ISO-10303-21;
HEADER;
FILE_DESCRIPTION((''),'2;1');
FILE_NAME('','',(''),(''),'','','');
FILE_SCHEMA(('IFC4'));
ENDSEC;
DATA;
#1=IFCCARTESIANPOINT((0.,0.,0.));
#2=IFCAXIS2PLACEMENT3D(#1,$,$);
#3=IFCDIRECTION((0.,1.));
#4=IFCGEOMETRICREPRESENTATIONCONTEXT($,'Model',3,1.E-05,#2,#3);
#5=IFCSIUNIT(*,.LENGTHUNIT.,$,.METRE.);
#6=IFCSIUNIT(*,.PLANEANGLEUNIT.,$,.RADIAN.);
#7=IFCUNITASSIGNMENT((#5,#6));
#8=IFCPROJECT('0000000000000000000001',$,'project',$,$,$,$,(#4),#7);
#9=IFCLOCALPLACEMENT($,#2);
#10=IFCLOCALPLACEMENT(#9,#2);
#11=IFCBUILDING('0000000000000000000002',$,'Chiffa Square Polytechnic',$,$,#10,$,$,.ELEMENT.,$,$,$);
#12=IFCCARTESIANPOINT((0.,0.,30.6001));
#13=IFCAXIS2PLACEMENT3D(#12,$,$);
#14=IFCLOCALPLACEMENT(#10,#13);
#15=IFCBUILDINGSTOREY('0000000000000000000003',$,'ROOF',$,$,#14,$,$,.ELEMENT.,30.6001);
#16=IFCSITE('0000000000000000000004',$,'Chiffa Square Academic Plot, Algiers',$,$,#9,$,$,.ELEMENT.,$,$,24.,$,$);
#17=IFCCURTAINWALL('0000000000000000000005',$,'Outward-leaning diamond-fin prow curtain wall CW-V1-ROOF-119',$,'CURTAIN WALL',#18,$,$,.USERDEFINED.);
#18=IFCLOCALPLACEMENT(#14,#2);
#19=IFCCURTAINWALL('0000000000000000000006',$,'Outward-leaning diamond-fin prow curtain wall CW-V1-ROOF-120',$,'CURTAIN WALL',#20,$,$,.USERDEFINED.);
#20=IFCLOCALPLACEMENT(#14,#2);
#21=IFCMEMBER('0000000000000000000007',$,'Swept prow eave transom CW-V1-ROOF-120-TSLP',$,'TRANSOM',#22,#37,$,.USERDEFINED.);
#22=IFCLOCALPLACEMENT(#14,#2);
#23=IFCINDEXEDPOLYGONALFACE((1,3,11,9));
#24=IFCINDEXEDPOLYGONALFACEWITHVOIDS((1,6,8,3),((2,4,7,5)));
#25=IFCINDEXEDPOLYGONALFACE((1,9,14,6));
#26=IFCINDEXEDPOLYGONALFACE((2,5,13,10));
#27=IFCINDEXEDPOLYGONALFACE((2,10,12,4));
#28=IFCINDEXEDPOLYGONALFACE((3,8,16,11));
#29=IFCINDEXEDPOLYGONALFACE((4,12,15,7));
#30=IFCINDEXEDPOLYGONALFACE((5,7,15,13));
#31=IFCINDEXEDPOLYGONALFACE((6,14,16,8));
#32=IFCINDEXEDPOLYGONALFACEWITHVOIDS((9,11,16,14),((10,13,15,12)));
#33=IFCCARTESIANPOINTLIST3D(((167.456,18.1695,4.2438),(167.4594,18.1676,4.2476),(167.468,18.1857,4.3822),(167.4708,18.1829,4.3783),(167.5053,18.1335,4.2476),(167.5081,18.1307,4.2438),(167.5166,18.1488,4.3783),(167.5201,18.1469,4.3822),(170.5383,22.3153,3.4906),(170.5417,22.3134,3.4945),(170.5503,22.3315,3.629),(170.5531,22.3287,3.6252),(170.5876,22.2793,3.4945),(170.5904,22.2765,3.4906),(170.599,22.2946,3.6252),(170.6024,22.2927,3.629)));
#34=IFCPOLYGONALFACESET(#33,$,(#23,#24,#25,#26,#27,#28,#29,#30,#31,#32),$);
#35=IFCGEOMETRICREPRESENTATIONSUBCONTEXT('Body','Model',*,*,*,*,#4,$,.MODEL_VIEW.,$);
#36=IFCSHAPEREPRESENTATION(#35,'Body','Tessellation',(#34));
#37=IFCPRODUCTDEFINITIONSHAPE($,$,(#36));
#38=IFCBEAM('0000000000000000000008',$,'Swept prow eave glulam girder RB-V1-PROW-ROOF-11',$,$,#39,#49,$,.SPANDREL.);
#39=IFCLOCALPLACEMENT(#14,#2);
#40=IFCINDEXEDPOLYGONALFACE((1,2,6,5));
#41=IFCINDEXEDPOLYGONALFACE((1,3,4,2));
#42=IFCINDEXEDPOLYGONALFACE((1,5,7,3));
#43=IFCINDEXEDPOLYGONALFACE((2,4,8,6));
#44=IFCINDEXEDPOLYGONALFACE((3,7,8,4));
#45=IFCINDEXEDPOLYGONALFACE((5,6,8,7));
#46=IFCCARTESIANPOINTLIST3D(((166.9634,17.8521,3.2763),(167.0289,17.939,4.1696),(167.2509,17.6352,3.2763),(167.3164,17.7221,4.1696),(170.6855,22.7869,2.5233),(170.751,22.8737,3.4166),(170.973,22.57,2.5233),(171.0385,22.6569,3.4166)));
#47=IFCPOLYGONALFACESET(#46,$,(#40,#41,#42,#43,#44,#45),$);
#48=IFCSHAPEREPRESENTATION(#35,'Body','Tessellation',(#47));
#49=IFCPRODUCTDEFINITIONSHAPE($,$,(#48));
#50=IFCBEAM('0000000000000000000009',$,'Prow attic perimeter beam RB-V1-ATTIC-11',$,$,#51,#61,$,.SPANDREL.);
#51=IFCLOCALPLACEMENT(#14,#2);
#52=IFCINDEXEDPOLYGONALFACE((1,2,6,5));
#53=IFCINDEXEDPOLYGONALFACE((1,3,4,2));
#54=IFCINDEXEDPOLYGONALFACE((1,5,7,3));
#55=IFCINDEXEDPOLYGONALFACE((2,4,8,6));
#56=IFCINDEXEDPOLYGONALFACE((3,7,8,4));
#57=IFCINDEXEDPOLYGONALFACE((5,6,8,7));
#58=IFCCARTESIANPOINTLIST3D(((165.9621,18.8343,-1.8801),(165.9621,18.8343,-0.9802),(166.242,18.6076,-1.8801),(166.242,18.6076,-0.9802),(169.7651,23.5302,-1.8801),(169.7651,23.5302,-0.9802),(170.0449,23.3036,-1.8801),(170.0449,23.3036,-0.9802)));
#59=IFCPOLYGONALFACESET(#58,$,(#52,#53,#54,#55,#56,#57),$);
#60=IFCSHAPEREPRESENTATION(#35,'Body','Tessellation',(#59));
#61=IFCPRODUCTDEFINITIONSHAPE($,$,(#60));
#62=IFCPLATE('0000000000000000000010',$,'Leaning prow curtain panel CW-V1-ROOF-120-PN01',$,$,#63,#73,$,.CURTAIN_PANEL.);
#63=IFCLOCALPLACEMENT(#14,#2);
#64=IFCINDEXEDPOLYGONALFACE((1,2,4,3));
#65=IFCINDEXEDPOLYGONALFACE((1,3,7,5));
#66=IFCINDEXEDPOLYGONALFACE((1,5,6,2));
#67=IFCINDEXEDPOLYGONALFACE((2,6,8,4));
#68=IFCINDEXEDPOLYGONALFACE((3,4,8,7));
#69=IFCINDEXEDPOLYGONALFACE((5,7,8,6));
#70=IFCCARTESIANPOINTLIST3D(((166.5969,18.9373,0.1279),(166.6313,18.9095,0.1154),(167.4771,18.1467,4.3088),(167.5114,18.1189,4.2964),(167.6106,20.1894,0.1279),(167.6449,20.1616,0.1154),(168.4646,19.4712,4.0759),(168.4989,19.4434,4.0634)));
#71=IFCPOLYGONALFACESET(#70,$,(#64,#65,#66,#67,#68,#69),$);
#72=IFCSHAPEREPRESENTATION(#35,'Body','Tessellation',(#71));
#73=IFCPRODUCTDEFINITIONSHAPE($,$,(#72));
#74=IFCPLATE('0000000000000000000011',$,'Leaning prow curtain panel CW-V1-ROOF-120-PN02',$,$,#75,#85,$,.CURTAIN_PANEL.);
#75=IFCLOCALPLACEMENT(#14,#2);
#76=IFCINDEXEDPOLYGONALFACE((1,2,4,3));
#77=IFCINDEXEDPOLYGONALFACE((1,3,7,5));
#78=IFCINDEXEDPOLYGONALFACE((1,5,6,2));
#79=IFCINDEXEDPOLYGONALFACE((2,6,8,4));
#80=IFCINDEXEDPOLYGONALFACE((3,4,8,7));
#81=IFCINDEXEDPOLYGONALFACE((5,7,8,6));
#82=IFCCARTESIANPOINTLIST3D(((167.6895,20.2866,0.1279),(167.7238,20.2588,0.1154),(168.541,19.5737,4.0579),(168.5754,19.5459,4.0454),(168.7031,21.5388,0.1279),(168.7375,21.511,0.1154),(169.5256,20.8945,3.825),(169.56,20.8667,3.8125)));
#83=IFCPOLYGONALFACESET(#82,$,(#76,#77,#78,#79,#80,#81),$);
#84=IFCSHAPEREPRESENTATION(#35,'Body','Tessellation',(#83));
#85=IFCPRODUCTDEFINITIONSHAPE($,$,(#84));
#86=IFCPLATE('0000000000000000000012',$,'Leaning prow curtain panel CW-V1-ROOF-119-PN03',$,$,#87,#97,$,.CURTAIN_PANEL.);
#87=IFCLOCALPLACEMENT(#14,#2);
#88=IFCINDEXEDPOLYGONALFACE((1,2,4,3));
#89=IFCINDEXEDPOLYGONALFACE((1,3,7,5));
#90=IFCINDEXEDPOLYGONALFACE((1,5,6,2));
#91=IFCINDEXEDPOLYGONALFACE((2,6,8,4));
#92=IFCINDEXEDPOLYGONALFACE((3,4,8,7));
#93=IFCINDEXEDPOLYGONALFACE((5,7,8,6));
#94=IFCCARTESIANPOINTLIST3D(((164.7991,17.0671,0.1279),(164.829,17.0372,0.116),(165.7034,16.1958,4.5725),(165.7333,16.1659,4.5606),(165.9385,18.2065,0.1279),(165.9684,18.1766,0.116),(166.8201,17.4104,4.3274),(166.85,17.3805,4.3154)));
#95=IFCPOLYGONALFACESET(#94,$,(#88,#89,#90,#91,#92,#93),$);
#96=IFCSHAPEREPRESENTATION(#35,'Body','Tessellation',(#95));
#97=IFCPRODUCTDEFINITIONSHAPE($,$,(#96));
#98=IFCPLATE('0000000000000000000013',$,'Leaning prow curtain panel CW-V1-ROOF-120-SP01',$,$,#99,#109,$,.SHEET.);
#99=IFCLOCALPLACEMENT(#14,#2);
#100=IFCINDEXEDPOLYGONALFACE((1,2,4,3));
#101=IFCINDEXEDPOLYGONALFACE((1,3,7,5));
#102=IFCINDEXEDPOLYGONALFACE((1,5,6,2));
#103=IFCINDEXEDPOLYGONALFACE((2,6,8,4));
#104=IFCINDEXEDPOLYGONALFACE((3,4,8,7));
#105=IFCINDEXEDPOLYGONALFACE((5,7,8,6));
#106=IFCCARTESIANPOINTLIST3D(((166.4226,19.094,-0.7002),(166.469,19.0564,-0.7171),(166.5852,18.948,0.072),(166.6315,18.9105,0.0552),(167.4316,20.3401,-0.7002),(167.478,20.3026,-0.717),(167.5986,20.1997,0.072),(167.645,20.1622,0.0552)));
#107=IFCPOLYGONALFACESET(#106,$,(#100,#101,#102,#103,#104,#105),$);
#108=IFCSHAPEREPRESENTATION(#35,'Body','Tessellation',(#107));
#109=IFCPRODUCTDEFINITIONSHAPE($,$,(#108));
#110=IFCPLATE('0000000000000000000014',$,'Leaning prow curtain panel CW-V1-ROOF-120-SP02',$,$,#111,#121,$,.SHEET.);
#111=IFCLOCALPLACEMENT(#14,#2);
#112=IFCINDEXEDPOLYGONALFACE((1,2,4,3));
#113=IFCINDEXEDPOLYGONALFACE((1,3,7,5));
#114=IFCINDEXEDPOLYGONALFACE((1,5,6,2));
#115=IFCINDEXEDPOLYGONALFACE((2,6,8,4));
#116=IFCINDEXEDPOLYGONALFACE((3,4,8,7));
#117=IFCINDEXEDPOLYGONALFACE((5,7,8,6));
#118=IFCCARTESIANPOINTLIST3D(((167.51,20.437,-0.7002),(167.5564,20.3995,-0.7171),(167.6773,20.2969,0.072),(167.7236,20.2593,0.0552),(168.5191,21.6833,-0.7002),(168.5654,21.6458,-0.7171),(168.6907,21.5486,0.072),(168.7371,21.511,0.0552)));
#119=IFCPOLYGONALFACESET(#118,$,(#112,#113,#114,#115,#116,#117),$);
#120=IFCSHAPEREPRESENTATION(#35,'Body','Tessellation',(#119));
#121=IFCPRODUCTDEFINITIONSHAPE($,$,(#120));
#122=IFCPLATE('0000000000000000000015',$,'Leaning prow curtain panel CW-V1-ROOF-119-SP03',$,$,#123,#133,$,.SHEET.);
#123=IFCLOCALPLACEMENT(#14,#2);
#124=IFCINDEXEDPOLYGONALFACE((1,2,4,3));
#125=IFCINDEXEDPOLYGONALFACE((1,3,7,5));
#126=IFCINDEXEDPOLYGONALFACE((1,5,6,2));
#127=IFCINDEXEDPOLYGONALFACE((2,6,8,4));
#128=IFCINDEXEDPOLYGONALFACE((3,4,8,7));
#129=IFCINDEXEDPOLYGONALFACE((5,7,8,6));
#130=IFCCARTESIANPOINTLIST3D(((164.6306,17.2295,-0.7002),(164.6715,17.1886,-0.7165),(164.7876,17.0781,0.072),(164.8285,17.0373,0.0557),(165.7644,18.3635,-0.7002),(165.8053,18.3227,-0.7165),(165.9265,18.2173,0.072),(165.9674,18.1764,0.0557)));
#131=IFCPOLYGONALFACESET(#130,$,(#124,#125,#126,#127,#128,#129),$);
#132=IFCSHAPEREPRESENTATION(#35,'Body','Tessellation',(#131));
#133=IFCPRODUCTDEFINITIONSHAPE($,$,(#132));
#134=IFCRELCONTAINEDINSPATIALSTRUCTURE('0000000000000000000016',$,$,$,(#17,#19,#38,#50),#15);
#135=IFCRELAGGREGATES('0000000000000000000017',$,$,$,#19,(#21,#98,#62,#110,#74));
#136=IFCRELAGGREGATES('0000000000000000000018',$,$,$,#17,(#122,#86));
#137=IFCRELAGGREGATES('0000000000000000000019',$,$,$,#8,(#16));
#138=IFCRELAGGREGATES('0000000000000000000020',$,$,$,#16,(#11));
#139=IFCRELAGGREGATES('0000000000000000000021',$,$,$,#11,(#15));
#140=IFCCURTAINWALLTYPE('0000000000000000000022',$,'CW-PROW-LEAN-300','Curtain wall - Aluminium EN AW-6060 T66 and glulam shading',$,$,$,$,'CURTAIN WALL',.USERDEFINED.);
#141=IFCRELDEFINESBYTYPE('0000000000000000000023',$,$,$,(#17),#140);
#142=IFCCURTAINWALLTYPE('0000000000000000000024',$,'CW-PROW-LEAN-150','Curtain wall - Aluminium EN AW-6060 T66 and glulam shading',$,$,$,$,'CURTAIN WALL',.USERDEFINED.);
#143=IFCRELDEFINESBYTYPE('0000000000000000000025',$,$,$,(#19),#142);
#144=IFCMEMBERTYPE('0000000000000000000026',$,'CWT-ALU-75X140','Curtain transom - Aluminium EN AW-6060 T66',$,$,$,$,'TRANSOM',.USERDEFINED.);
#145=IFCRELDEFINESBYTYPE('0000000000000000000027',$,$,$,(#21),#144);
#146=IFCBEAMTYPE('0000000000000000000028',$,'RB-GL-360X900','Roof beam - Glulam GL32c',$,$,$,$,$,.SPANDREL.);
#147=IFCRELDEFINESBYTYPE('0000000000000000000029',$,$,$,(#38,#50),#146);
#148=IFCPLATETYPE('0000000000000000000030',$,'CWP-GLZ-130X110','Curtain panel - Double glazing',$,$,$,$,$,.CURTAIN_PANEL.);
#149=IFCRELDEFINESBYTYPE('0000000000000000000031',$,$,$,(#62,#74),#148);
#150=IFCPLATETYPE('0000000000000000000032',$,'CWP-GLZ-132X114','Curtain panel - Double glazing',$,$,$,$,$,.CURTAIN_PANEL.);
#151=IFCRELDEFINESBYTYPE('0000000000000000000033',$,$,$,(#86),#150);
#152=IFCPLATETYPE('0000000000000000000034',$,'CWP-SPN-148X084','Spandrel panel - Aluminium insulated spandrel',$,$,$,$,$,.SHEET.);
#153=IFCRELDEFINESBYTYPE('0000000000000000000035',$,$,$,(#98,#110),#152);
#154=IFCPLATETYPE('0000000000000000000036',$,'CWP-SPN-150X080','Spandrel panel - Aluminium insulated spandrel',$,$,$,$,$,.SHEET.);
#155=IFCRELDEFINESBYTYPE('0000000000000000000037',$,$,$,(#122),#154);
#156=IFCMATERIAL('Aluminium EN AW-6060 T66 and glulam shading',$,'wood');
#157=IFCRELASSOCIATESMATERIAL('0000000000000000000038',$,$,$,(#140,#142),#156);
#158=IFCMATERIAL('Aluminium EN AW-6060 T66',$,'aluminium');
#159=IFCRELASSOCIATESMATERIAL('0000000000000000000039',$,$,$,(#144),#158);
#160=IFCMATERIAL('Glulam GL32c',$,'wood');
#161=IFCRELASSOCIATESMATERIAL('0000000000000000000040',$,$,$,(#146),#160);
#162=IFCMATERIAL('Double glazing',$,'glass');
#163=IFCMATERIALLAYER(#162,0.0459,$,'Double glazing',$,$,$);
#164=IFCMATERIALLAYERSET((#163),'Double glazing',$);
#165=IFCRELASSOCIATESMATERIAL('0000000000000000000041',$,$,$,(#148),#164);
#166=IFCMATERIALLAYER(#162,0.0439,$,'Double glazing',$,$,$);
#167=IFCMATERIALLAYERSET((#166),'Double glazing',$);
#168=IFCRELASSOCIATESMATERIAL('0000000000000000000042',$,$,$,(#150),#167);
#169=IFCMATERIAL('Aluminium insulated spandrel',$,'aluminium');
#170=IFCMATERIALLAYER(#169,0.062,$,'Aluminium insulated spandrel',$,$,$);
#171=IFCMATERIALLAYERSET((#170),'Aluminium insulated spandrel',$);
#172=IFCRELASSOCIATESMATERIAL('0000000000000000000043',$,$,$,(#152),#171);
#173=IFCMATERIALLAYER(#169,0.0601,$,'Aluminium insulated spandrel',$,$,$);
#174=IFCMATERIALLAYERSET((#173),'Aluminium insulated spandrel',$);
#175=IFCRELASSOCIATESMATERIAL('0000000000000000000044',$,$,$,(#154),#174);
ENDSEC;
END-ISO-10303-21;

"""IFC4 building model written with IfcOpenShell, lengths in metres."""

from ifc_helpers import new_model, si_unit, direction, frame, origin, origin_2d, place, context, subcontext, project, spatial, polyline, rectangle, hollow_rectangle, outline, extrude, material, layer, layer_set, material_profile, profile_set, type_object, element, aggregate, save


model = new_model("IFC4")

# Units and contexts
model_context = context("Model", 3, precision=1e-05, world=origin(), true_north=direction((0.0, 1.0)))
body_context = subcontext(model_context, "Body", "Model", "MODEL_VIEW")
ifc_project = project(units=[si_unit("LENGTHUNIT", "METRE"), si_unit("PLANEANGLEUNIT", "RADIAN")], contexts=[model_context])

# Site, building, storey
site_placement = place(None, origin())
site = spatial("IfcSite", under=ifc_project, at=site_placement, Name="Chiffa Square Academic Plot, Algiers", CompositionType="ELEMENT", RefElevation=24.0)
building_placement = place(site_placement, origin())
building = spatial("IfcBuilding", under=site, at=building_placement, Name="Chiffa Square Polytechnic", CompositionType="ELEMENT")
storey_placement = place(building_placement, frame((0.0, 0.0, 30.6001)))
storey = spatial("IfcBuildingStorey", under=building, at=storey_placement, Name="ROOF", CompositionType="ELEMENT", Elevation=30.6001)

# Shared definitions
ifc_material_1 = material(Name="Glulam GL32c", Category="wood")

# Curtain walls
ifc_material_2 = material(Name="Aluminium EN AW-6060 T66 and glulam shading", Category="wood")
curtain_wall_type_1 = type_object("IfcCurtainWallType", Name="CW-PROW-LEAN-300", Description="Curtain wall - Aluminium EN AW-6060 T66 and glulam shading", ElementType="CURTAIN WALL", PredefinedType="USERDEFINED", material=ifc_material_2)
curtain_wall_1_placement = place(storey_placement, origin())
curtain_wall_1 = element("IfcCurtainWall", 1, at=curtain_wall_1_placement, inside=storey, type_object=curtain_wall_type_1, Name="Outward-leaning diamond-fin prow curtain wall CW-V1-ROOF-119", ObjectType="CURTAIN WALL", PredefinedType="USERDEFINED")
ifc_material_3 = material(Name="Aluminium EN AW-6060 T66", Category="aluminium")
curtain_wall_type_2 = type_object("IfcCurtainWallType", Name="CW-PROW-LEAN-150", Description="Curtain wall - Aluminium EN AW-6060 T66 and glulam shading", ElementType="CURTAIN WALL", PredefinedType="USERDEFINED", material=ifc_material_2)
curtain_wall_2_placement = place(storey_placement, origin())
curtain_wall_2 = element("IfcCurtainWall", 2, at=curtain_wall_2_placement, inside=storey, type_object=curtain_wall_type_2, Name="Outward-leaning diamond-fin prow curtain wall CW-V1-ROOF-120", ObjectType="CURTAIN WALL", PredefinedType="USERDEFINED")

# Member
ifc_material_profile_1 = material_profile(ifc_material_3, hollow_rectangle(XDim=0.0649, YDim=0.1399, WallThickness=0.0039, at=origin_2d()), Name="ALU 65x140x4")
ifc_profile_set_1 = profile_set([ifc_material_profile_1], Name="Aluminium EN AW-6060 T66")
member_type_1 = type_object("IfcMemberType", Name="CWT-ALU-75X140", Description="Curtain transom - Aluminium EN AW-6060 T66", ElementType="TRANSOM", PredefinedType="USERDEFINED", material=ifc_profile_set_1)
member_1_placement = place(storey_placement, frame((167.488, 18.1582, 4.313), z_axis=(0.590403, 0.79411, -0.144269), x_axis=(-0.802505, 0.596645, 0.0)))
member_1 = element("IfcMember", 3, at=member_1_placement, type_object=member_type_1, Name="Swept prow eave transom CW-V1-ROOF-120-TSLP", ObjectType="TRANSOM", PredefinedType="USERDEFINED", context=body_context, shape_type="SweptSolid", body=[
    extrude(hollow_rectangle(XDim=0.0649, YDim=0.1399, WallThickness=0.0039, at=origin_2d()), origin(), (0.0, 0.0, 1.0), 5.2207),
])

# Beams
ifc_material_profile_2 = material_profile(ifc_material_1, rectangle(XDim=0.3601, YDim=0.8999, at=origin_2d()), Name="GL32c 360x900")
ifc_profile_set_2 = profile_set([ifc_material_profile_2], Name="Glulam GL32c")
beam_type_1 = type_object("IfcBeamType", Name="RB-GL-360X900", Description="Roof beam - Glulam GL32c", PredefinedType="SPANDREL", material=ifc_profile_set_2)
beam_1_placement = place(storey_placement, frame((167.1399, 17.7871, 3.7229), z_axis=(0.59776, 0.792504, -0.120916), x_axis=(-0.798362, 0.602178, 0.0)))
element("IfcBeam", 4, at=beam_1_placement, inside=storey, type_object=beam_type_1, Name="Swept prow eave glulam girder RB-V1-PROW-ROOF-11", PredefinedType="SPANDREL", context=body_context, shape_type="SweptSolid", body=[
    extrude(rectangle(XDim=0.3601, YDim=0.8999, at=origin_2d()), origin(), (0.0, 0.0, 1.0), 6.2268),
])
beam_2_placement = place(storey_placement, frame((166.1021, 18.7209, -1.4302), z_axis=(0.62934, 0.77713, 0.0), x_axis=(-0.77713, 0.62934, 0.0)))
element("IfcBeam", 5, at=beam_2_placement, inside=storey, type_object=beam_type_1, Name="Prow attic perimeter beam RB-V1-ATTIC-11", PredefinedType="SPANDREL", context=body_context, shape_type="SweptSolid", body=[
    extrude(rectangle(XDim=0.3601, YDim=0.8999, at=origin_2d()), origin(), (0.0, 0.0, 1.0), 6.0427),
])

# Plates
ifc_material_4 = material(Name="Double glazing", Category="glass")
ifc_layer_1 = layer(ifc_material_4, 0.0459, Name="Double glazing")
ifc_layer_set_1 = layer_set([ifc_layer_1], Name="Double glazing")
plate_type_1 = type_object("IfcPlateType", Name="CWP-GLZ-130X110", Description="Curtain panel - Double glazing", PredefinedType="CURTAIN_PANEL", material=ifc_layer_set_1)
plate_1_placement = place(storey_placement, frame((166.5969, 18.9373, 0.1279), z_axis=(-0.747948, 0.605492, 0.271943), x_axis=(0.629204, 0.77724, -0.000004)))
plate_1 = element("IfcPlate", 6, at=plate_1_placement, type_object=plate_type_1, Name="Leaning prow curtain panel CW-V1-ROOF-120-PN01", PredefinedType="CURTAIN_PANEL", context=body_context, shape_type="SweptSolid", body=[
    extrude(outline(polyline([(0.0, 0.0), (1.6111, 0.0), (1.5901, -4.1026), (-0.0607, -4.3446), (0.0, 0.0)])), origin(), (0.0, 0.0, -1.0), 0.0459),
])
plate_2_placement = place(storey_placement, frame((167.6895, 20.2866, 0.1279), z_axis=(-0.74795, 0.605501, 0.271917), x_axis=(0.629208, 0.777237, -0.000005)))
plate_2 = element("IfcPlate", 7, at=plate_2_placement, type_object=plate_type_1, Name="Leaning prow curtain panel CW-V1-ROOF-120-PN02", PredefinedType="CURTAIN_PANEL", context=body_context, shape_type="SweptSolid", body=[
    extrude(outline(polyline([(0.0, 0.0), (1.6111, 0.0), (1.6278, -3.8418), (-0.0183, -4.0838), (0.0, 0.0)])), origin(), (0.0, 0.0, -1.0), 0.0459),
])
ifc_layer_2 = layer(ifc_material_4, 0.0439, Name="Double glazing")
ifc_layer_set_2 = layer_set([ifc_layer_2], Name="Double glazing")
plate_type_2 = type_object("IfcPlateType", Name="CWP-GLZ-132X114", Description="Curtain panel - Double glazing", PredefinedType="CURTAIN_PANEL", material=ifc_layer_set_2)
plate_3_placement = place(storey_placement, frame((164.7991, 17.0671, 0.1279), z_axis=(-0.680472, 0.68048, 0.271856), x_axis=(0.70711, 0.707103, -0.000001)))
plate_3 = element("IfcPlate", 8, at=plate_3_placement, type_object=plate_type_2, Name="Leaning prow curtain panel CW-V1-ROOF-119-PN03", PredefinedType="CURTAIN_PANEL", context=body_context, shape_type="SweptSolid", body=[
    extrude(outline(polyline([(0.0, 0.0), (1.6114, 0.0), (1.6718, -4.3638), (0.0233, -4.6185), (0.0, 0.0)])), origin(), (0.0, 0.0, -1.0), 0.0439),
])
ifc_material_5 = material(Name="Aluminium insulated spandrel", Category="aluminium")
ifc_layer_3 = layer(ifc_material_5, 0.062, Name="Aluminium insulated spandrel")
ifc_layer_set_3 = layer_set([ifc_layer_3], Name="Aluminium insulated spandrel")
plate_type_3 = type_object("IfcPlateType", Name="CWP-SPN-148X084", Description="Spandrel panel - Aluminium insulated spandrel", PredefinedType="SHEET", material=ifc_layer_set_3)
plate_4_placement = place(storey_placement, frame((166.4226, 19.094, -0.7002), z_axis=(-0.747901, 0.605572, 0.271894), x_axis=(0.629281, 0.777178, 0.00001)))
plate_4 = element("IfcPlate", 9, at=plate_4_placement, type_object=plate_type_3, Name="Leaning prow curtain panel CW-V1-ROOF-120-SP01", PredefinedType="SHEET", context=body_context, shape_type="SweptSolid", body=[
    extrude(outline(polyline([(0.0, 0.0), (1.6034, 0.0), (1.5994, -0.8024), (-0.0111, -0.8025), (0.0, 0.0)])), origin(), (0.0, 0.0, -1.0), 0.062),
])
plate_5_placement = place(storey_placement, frame((167.51, 20.437, -0.7002), z_axis=(-0.747931, 0.605538, 0.271888), x_axis=(0.629241, 0.77721, -0.000003)))
plate_5 = element("IfcPlate", 10, at=plate_5_placement, type_object=plate_type_3, Name="Leaning prow curtain panel CW-V1-ROOF-120-SP02", PredefinedType="SHEET", context=body_context, shape_type="SweptSolid", body=[
    extrude(outline(polyline([(0.0, 0.0), (1.6036, 0.0), (1.6068, -0.8025), (-0.0037, -0.8024), (0.0, 0.0)])), origin(), (0.0, 0.0, -1.0), 0.062),
])
aggregate(curtain_wall_2, [member_1, plate_4, plate_1, plate_5, plate_2])
ifc_layer_4 = layer(ifc_material_5, 0.0601, Name="Aluminium insulated spandrel")
ifc_layer_set_4 = layer_set([ifc_layer_4], Name="Aluminium insulated spandrel")
plate_type_4 = type_object("IfcPlateType", Name="CWP-SPN-150X080", Description="Spandrel panel - Aluminium insulated spandrel", PredefinedType="SHEET", material=ifc_layer_set_4)
plate_6_placement = place(storey_placement, frame((164.6306, 17.2295, -0.7002), z_axis=(-0.680574, 0.680428, 0.271728), x_axis=(0.707031, 0.707183, 0.0)))
plate_6 = element("IfcPlate", 11, at=plate_6_placement, type_object=plate_type_4, Name="Leaning prow curtain panel CW-V1-ROOF-119-SP03", PredefinedType="SHEET", context=body_context, shape_type="SweptSolid", body=[
    extrude(outline(polyline([(0.0, 0.0), (1.6036, 0.0), (1.6148, -0.8024), (0.0039, -0.8024), (0.0, 0.0)])), origin(), (0.0, 0.0, -1.0), 0.0601),
])
aggregate(curtain_wall_1, [plate_6, plate_3])

save(model, "model.ifc")
